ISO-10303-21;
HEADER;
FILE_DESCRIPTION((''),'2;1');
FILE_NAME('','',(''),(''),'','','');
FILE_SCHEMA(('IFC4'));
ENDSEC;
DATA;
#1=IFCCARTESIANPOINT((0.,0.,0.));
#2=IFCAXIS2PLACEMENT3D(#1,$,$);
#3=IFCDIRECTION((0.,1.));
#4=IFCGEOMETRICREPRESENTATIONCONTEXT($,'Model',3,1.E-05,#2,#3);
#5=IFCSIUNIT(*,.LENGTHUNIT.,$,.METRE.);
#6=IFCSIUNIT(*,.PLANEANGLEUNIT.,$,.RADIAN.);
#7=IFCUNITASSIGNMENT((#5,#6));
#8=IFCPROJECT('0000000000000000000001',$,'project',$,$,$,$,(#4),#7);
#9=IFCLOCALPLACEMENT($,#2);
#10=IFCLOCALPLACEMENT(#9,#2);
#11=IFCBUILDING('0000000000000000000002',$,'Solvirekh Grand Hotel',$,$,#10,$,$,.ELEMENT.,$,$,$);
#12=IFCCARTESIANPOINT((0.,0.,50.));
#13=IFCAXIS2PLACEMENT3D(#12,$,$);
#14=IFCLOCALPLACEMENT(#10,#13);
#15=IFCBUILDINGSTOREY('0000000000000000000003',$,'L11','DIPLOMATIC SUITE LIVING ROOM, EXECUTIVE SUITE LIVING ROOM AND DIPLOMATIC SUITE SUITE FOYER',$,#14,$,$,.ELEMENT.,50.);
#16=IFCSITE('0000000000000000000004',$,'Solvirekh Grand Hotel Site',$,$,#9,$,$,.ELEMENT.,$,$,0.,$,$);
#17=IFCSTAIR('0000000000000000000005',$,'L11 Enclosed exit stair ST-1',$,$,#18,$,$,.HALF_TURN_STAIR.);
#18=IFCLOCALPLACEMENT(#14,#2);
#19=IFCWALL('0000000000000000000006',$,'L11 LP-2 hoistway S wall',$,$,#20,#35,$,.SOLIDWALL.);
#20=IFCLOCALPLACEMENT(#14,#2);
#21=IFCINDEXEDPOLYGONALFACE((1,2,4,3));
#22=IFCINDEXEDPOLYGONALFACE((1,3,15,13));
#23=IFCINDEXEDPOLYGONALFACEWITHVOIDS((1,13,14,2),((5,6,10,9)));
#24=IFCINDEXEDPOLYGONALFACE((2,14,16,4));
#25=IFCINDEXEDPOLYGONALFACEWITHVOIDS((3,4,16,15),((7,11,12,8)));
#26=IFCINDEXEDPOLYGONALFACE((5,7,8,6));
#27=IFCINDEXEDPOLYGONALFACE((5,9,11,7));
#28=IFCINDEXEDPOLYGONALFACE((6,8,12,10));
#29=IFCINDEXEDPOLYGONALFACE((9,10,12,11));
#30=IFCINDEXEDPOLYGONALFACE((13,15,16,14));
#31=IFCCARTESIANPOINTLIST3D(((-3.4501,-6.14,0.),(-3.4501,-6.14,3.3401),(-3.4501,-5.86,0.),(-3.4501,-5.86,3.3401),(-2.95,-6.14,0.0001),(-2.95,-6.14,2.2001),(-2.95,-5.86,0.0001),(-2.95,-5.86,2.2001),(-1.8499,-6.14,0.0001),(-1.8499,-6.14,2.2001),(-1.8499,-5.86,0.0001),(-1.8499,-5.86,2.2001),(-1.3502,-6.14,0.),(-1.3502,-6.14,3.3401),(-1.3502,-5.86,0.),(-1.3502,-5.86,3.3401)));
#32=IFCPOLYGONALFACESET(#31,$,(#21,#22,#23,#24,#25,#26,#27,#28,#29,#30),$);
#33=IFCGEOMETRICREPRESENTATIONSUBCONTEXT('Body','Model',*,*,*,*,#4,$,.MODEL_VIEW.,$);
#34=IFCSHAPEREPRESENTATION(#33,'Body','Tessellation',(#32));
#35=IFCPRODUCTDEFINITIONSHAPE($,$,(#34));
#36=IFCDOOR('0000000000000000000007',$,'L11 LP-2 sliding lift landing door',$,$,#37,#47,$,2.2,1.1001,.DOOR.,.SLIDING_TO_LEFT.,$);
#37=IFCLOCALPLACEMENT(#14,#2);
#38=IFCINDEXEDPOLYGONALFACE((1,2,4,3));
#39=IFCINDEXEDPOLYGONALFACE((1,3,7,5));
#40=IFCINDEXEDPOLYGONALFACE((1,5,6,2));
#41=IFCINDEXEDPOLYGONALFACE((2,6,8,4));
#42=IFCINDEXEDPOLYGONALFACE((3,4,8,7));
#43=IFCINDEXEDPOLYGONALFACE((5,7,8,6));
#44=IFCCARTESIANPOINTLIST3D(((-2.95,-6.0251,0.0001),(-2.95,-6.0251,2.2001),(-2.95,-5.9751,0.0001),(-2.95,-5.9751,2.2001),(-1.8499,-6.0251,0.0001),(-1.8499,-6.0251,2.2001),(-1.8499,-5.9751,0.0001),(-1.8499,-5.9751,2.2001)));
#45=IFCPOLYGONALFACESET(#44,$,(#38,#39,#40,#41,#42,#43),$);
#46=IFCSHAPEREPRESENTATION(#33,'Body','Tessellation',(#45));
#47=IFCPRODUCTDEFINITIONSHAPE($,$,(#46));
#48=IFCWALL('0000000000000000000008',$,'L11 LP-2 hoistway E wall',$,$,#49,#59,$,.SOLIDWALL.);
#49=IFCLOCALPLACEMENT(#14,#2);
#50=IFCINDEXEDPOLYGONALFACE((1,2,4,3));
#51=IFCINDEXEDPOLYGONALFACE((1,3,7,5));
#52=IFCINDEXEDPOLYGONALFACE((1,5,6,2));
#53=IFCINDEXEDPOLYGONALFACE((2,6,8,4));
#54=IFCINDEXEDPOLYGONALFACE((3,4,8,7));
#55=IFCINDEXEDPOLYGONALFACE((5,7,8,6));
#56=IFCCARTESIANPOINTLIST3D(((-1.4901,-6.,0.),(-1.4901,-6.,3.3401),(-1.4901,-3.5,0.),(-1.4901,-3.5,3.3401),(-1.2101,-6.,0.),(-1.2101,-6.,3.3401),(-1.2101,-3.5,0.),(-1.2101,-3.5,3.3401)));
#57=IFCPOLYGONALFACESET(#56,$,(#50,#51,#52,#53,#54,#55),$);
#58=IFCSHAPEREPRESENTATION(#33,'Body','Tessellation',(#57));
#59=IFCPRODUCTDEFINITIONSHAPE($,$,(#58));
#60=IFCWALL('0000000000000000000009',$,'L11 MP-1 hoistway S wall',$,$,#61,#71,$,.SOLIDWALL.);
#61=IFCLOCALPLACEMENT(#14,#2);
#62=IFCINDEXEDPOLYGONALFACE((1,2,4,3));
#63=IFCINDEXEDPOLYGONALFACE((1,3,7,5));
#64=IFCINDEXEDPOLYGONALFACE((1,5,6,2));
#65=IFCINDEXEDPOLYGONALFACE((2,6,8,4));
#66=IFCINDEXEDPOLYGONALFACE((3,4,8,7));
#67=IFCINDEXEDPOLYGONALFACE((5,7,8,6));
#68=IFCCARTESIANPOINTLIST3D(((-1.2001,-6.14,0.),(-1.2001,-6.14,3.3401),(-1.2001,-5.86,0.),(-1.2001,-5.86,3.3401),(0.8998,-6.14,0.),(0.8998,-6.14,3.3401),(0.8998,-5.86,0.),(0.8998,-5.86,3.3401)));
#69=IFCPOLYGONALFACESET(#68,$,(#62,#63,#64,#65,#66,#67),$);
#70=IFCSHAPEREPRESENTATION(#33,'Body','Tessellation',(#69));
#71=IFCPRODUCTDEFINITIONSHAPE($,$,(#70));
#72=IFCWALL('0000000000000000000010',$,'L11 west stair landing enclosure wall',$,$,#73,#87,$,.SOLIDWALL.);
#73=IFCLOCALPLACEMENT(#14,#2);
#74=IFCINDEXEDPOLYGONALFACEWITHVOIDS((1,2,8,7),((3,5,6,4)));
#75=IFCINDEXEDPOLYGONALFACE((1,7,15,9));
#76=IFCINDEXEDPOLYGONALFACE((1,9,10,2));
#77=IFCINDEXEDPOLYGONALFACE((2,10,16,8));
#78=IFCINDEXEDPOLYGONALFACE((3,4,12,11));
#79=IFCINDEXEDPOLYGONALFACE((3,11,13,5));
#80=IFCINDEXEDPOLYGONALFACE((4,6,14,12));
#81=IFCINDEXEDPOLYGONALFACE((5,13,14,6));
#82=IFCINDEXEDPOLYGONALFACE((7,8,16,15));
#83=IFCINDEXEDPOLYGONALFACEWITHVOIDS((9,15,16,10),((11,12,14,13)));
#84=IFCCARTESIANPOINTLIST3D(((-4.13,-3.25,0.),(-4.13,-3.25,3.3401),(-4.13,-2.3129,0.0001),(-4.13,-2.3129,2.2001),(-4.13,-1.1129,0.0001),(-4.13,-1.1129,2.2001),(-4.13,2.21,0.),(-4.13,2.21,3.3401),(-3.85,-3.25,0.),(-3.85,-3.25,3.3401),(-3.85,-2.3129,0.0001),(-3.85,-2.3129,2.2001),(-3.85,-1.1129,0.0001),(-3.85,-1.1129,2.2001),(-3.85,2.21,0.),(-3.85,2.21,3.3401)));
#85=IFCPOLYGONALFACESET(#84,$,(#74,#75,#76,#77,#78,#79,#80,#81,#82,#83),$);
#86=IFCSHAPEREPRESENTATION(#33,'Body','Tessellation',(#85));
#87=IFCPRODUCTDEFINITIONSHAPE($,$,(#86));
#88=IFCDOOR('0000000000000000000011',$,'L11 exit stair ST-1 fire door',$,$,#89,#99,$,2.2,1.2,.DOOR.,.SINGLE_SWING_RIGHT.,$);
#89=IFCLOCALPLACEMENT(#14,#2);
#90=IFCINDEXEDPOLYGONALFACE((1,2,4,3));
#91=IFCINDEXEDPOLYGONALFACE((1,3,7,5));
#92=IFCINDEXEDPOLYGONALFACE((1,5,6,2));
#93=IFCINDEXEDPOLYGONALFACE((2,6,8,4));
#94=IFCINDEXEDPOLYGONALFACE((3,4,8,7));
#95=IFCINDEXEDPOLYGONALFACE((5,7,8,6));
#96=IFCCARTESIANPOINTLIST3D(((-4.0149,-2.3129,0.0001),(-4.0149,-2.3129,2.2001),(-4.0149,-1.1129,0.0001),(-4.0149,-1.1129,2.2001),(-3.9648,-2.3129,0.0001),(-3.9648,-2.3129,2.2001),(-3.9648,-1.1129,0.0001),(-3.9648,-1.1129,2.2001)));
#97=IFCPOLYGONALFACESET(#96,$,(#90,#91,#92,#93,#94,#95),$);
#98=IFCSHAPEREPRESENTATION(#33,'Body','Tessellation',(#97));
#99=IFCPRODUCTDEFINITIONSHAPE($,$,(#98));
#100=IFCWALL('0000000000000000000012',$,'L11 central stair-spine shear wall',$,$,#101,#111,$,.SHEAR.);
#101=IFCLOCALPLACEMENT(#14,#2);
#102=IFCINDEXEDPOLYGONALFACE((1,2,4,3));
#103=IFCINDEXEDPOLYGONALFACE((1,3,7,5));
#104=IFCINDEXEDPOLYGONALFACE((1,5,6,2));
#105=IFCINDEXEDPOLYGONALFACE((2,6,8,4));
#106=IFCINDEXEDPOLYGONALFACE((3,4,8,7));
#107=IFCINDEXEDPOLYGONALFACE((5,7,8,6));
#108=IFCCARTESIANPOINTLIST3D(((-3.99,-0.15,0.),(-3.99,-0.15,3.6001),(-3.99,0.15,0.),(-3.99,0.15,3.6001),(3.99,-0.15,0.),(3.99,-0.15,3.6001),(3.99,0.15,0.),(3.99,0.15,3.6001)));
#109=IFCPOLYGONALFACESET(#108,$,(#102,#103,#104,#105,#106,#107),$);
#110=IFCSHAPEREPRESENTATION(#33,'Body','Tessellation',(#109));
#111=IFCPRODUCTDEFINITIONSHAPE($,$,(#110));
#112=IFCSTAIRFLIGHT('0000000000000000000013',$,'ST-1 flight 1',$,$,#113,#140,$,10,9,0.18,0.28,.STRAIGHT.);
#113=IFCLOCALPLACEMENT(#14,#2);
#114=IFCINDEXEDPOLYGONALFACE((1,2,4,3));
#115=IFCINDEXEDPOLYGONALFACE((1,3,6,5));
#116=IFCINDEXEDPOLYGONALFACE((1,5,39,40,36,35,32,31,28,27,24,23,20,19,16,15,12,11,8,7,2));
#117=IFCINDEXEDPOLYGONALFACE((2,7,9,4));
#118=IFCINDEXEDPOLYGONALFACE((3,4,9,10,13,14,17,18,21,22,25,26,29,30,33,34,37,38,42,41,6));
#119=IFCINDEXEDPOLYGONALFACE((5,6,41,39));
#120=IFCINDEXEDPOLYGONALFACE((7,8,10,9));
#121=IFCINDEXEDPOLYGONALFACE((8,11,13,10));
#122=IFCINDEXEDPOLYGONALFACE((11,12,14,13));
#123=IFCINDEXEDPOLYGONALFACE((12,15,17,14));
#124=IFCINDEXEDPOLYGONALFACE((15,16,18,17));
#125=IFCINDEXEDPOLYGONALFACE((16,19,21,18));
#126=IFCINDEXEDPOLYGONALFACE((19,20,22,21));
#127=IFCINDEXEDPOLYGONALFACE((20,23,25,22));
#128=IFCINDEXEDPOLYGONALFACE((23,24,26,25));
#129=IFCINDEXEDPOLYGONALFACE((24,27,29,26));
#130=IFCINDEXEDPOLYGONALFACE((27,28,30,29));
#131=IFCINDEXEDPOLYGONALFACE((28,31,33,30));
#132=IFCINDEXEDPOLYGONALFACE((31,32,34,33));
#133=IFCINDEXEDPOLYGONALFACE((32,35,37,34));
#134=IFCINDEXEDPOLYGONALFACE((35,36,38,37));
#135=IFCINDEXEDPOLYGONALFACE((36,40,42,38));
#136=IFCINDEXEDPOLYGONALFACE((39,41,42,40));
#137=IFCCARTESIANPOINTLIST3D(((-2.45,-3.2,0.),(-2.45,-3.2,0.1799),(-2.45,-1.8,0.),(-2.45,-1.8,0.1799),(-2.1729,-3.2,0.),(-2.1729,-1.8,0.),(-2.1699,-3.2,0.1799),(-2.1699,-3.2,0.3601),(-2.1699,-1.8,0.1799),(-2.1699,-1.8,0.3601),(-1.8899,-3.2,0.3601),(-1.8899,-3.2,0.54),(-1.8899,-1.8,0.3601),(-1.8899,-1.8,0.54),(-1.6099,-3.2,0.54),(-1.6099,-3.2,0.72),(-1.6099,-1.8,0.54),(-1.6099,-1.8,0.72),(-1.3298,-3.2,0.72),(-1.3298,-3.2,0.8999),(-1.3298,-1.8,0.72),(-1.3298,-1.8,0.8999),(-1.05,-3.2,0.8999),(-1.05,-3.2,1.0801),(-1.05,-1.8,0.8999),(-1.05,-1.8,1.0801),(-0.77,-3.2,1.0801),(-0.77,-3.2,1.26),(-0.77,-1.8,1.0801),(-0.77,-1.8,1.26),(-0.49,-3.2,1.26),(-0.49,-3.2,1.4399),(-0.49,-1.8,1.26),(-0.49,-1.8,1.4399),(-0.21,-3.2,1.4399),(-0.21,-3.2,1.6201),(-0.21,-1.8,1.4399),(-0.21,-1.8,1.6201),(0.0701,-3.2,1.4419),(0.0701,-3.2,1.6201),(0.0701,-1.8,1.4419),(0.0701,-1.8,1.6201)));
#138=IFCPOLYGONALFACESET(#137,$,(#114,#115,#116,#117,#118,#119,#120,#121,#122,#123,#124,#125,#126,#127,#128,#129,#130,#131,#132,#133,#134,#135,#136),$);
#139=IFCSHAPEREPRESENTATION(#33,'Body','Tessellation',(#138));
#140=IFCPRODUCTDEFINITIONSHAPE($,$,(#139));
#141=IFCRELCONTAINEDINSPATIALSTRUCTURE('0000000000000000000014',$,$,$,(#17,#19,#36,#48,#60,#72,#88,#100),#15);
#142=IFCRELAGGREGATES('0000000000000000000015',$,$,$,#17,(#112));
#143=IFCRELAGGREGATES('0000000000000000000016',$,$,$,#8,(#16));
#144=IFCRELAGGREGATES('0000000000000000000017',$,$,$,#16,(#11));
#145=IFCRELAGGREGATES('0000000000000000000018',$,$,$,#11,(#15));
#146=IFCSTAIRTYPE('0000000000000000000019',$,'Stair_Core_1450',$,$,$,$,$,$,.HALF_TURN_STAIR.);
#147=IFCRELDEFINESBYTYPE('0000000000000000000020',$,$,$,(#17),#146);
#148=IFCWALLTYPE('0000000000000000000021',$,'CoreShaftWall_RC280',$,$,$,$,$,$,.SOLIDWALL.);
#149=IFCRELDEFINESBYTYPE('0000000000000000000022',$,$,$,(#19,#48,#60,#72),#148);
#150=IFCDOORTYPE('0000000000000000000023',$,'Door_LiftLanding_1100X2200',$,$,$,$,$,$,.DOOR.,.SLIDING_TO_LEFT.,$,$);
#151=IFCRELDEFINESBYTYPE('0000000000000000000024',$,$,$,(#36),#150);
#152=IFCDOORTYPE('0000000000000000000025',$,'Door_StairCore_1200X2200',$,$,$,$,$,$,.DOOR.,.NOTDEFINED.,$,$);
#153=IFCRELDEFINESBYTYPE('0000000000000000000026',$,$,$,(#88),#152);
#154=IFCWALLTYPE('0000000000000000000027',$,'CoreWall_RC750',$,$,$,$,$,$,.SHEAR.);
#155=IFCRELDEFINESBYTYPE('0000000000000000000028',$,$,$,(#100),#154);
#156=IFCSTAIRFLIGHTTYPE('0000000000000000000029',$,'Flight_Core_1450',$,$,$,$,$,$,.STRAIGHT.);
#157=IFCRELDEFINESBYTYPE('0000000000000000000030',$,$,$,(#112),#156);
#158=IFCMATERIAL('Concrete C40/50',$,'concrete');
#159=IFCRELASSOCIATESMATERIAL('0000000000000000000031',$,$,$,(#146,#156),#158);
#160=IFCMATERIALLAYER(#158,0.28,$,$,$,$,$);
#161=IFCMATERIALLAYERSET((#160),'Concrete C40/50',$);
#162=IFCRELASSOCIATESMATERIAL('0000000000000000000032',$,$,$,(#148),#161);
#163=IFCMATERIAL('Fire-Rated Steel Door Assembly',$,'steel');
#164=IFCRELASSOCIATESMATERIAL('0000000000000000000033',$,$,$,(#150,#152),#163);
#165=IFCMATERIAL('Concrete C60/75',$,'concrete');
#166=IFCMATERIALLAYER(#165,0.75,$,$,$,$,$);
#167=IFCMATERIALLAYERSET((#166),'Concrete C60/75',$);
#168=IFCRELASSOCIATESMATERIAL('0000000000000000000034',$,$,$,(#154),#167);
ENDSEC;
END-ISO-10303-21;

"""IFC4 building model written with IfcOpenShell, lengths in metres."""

from ifc_helpers import new_model, si_unit, direction, frame, frame_2d, origin, place, context, subcontext, project, spatial, polyline, rectangle, outline, extrude, material, layer, layer_set, type_object, element, fill, aggregate, save


model = new_model("IFC4")

# Units and contexts
model_context = context("Model", 3, precision=1e-05, world=origin(), true_north=direction((0.0, 1.0)))
body_context = subcontext(model_context, "Body", "Model", "MODEL_VIEW")
ifc_project = project(units=[si_unit("LENGTHUNIT", "METRE"), si_unit("PLANEANGLEUNIT", "RADIAN")], contexts=[model_context])

# Site, building, storey
site_placement = place(None, origin())
site = spatial("IfcSite", under=ifc_project, at=site_placement, Name="Solvirekh Grand Hotel Site", CompositionType="ELEMENT", RefElevation=0.0)
building_placement = place(site_placement, origin())
building = spatial("IfcBuilding", under=site, at=building_placement, Name="Solvirekh Grand Hotel", CompositionType="ELEMENT")
storey_placement = place(building_placement, frame((0.0, 0.0, 50.0)))
storey = spatial("IfcBuildingStorey", under=building, at=storey_placement, Name="L11", Description="DIPLOMATIC SUITE LIVING ROOM, EXECUTIVE SUITE LIVING ROOM AND DIPLOMATIC SUITE SUITE FOYER", CompositionType="ELEMENT", Elevation=50.0)

# Stair
ifc_material_1 = material(Name="Concrete C40/50", Category="concrete")
stair_type = type_object("IfcStairType", Name="Stair_Core_1450", PredefinedType="HALF_TURN_STAIR", material=ifc_material_1)
stair_placement = place(storey_placement, origin())
stair = element("IfcStair", 1, at=stair_placement, inside=storey, type_object=stair_type, Name="L11 Enclosed exit stair ST-1", PredefinedType="HALF_TURN_STAIR")

# Shared definitions
ifc_layer_1 = layer(ifc_material_1, 0.28)
ifc_layer_set_1 = layer_set([ifc_layer_1], Name="Concrete C40/50")
wall_type_1 = type_object("IfcWallType", Name="CoreShaftWall_RC280", PredefinedType="SOLIDWALL", material=ifc_layer_set_1)

# Wall, opening, door
wall_1_placement = place(storey_placement, frame((-3.45, -6.0, 0.0), z_axis=(0.0, 0.0, 1.0), x_axis=(1.0, 0.0, 0.0)))
wall_1 = element("IfcWall", 2, at=wall_1_placement, inside=storey, type_object=wall_type_1, Name="L11 LP-2 hoistway S wall", PredefinedType="SOLIDWALL", context=body_context, shape_type="SweptSolid", body=[
    extrude(rectangle(XDim=2.0999, YDim=0.28, at=frame_2d((1.0498, 0.0))), origin(), (0.0, 0.0, 1.0), 3.3401),
])
opening_1_placement = place(wall_1_placement, frame((0.5, 0.0, 0.0)))
opening_1 = element("IfcOpeningElement", 3, at=opening_1_placement, cuts=wall_1, PredefinedType="OPENING", context=body_context, shape_type="SweptSolid", body=[
    extrude(rectangle(XDim=1.1001, YDim=2.2, at=frame_2d((0.55, 1.1001))), frame((0.0, 0.1499, 0.0), z_axis=(0.0, -1.0, 0.0), x_axis=(1.0, 0.0, 0.0)), (0.0, 0.0, 1.0), 0.3),
])
ifc_material_2 = material(Name="Fire-Rated Steel Door Assembly", Category="steel")
door_type_1 = type_object("IfcDoorType", Name="Door_LiftLanding_1100X2200", OperationType="SLIDING_TO_LEFT", PredefinedType="DOOR", material=ifc_material_2)
door_1_placement = place(opening_1_placement, origin())
door_1 = element("IfcDoor", 4, at=door_1_placement, inside=storey, type_object=door_type_1, Name="L11 LP-2 sliding lift landing door", OperationType="SLIDING_TO_LEFT", OverallHeight=2.2, OverallWidth=1.1001, PredefinedType="DOOR", context=body_context, shape_type="SweptSolid", body=[
    extrude(rectangle(XDim=1.1001, YDim=2.2, at=frame_2d((0.55, 1.1001))), frame((0.0, 0.0249, 0.0), z_axis=(0.0, -1.0, 0.0), x_axis=(1.0, 0.0, 0.0)), (0.0, 0.0, 1.0), 0.05),
])
fill(opening_1, door_1)

# Walls
wall_2_placement = place(storey_placement, frame((-1.3501, -6.0, 0.0), z_axis=(0.0, 0.0, 1.0), x_axis=(0.0, 1.0, 0.0)))
element("IfcWall", 5, at=wall_2_placement, inside=storey, type_object=wall_type_1, Name="L11 LP-2 hoistway E wall", PredefinedType="SOLIDWALL", context=body_context, shape_type="SweptSolid", body=[
    extrude(rectangle(XDim=2.5, YDim=0.28, at=frame_2d((1.25, 0.0))), origin(), (0.0, 0.0, 1.0), 3.3401),
])
wall_3_placement = place(storey_placement, frame((-1.2, -6.0, 0.0), z_axis=(0.0, 0.0, 1.0), x_axis=(1.0, 0.0, 0.0)))
element("IfcWall", 6, at=wall_3_placement, inside=storey, type_object=wall_type_1, Name="L11 MP-1 hoistway S wall", PredefinedType="SOLIDWALL", context=body_context, shape_type="SweptSolid", body=[
    extrude(rectangle(XDim=2.0999, YDim=0.28, at=frame_2d((1.0498, 0.0))), origin(), (0.0, 0.0, 1.0), 3.3401),
])

# Wall, opening, door
wall_4_placement = place(storey_placement, frame((-3.99, -3.25, 0.0), z_axis=(0.0, 0.0, 1.0), x_axis=(0.0, 1.0, 0.0)))
wall_4 = element("IfcWall", 7, at=wall_4_placement, inside=storey, type_object=wall_type_1, Name="L11 west stair landing enclosure wall", PredefinedType="SOLIDWALL", context=body_context, shape_type="SweptSolid", body=[
    extrude(rectangle(XDim=5.46, YDim=0.28, at=frame_2d((2.73, 0.0))), origin(), (0.0, 0.0, 1.0), 3.3401),
])
opening_2_placement = place(wall_4_placement, frame((0.937, 0.0, 0.0)))
opening_2 = element("IfcOpeningElement", 8, at=opening_2_placement, cuts=wall_4, PredefinedType="OPENING", context=body_context, shape_type="SweptSolid", body=[
    extrude(rectangle(XDim=1.2, YDim=2.2, at=frame_2d((0.6001, 1.1001))), frame((0.0, 0.1499, 0.0), z_axis=(0.0, -1.0, 0.0), x_axis=(1.0, 0.0, 0.0)), (0.0, 0.0, 1.0), 0.3),
])
door_type_2 = type_object("IfcDoorType", Name="Door_StairCore_1200X2200", OperationType="NOTDEFINED", PredefinedType="DOOR", material=ifc_material_2)
door_2_placement = place(opening_2_placement, origin())
door_2 = element("IfcDoor", 9, at=door_2_placement, inside=storey, type_object=door_type_2, Name="L11 exit stair ST-1 fire door", OperationType="SINGLE_SWING_RIGHT", OverallHeight=2.2, OverallWidth=1.2, PredefinedType="DOOR", context=body_context, shape_type="SweptSolid", body=[
    extrude(rectangle(XDim=1.2, YDim=2.2, at=frame_2d((0.6001, 1.1001))), frame((0.0, 0.0249, 0.0), z_axis=(0.0, -1.0, 0.0), x_axis=(1.0, 0.0, 0.0)), (0.0, 0.0, 1.0), 0.05),
])
fill(opening_2, door_2)

# Wall
ifc_material_3 = material(Name="Concrete C60/75", Category="concrete")
ifc_layer_2 = layer(ifc_material_3, 0.75)
ifc_layer_set_2 = layer_set([ifc_layer_2], Name="Concrete C60/75")
wall_type_2 = type_object("IfcWallType", Name="CoreWall_RC750", PredefinedType="SHEAR", material=ifc_layer_set_2)
wall_5_placement = place(storey_placement, frame((-3.99, 0.0, 0.0), z_axis=(0.0, 0.0, 1.0), x_axis=(1.0, 0.0, 0.0)))
element("IfcWall", 10, at=wall_5_placement, inside=storey, type_object=wall_type_2, Name="L11 central stair-spine shear wall", PredefinedType="SHEAR", context=body_context, shape_type="SweptSolid", body=[
    extrude(rectangle(XDim=7.98, YDim=0.3, at=frame_2d((3.99, 0.0))), origin(), (0.0, 0.0, 1.0), 3.6001),
])

# Stair flight
stair_flight_type = type_object("IfcStairFlightType", Name="Flight_Core_1450", PredefinedType="STRAIGHT", material=ifc_material_1)
stair_flight_placement = place(storey_placement, frame((-2.45, -2.5, 0.0), z_axis=(0.0, 0.0, 1.0), x_axis=(1.0, 0.0, 0.0)))
stair_flight = element("IfcStairFlight", 11, at=stair_flight_placement, type_object=stair_flight_type, Name="ST-1 flight 1", NumberOfRisers=10, NumberOfTreads=9, PredefinedType="STRAIGHT", RiserHeight=0.18, TreadLength=0.28, context=body_context, shape_type="SweptSolid", body=[
    extrude(outline(polyline([(0.0, 0.0), (0.0, 0.1799), (0.28, 0.1799), (0.28, 0.3601), (0.5601, 0.3601), (0.5601, 0.54), (0.8401, 0.54), (0.8401, 0.72), (1.1201, 0.72), (1.1201, 0.8999), (1.3999, 0.8999), (1.3999, 1.0801), (1.6799, 1.0801), (1.6799, 1.26), (1.96, 1.26), (1.96, 1.4399), (2.24, 1.4399), (2.24, 1.6201), (2.52, 1.6201), (2.52, 1.8), (2.52, 1.4419), (0.2771, 0.0), (0.0, 0.0)])), frame((0.0, 0.7, 0.0), z_axis=(0.0, -1.0, 0.0), x_axis=(1.0, 0.0, 0.0)), (0.0, 0.0, 1.0), 1.3999),
])
aggregate(stair, [stair_flight])

save(model, "model.ifc")
